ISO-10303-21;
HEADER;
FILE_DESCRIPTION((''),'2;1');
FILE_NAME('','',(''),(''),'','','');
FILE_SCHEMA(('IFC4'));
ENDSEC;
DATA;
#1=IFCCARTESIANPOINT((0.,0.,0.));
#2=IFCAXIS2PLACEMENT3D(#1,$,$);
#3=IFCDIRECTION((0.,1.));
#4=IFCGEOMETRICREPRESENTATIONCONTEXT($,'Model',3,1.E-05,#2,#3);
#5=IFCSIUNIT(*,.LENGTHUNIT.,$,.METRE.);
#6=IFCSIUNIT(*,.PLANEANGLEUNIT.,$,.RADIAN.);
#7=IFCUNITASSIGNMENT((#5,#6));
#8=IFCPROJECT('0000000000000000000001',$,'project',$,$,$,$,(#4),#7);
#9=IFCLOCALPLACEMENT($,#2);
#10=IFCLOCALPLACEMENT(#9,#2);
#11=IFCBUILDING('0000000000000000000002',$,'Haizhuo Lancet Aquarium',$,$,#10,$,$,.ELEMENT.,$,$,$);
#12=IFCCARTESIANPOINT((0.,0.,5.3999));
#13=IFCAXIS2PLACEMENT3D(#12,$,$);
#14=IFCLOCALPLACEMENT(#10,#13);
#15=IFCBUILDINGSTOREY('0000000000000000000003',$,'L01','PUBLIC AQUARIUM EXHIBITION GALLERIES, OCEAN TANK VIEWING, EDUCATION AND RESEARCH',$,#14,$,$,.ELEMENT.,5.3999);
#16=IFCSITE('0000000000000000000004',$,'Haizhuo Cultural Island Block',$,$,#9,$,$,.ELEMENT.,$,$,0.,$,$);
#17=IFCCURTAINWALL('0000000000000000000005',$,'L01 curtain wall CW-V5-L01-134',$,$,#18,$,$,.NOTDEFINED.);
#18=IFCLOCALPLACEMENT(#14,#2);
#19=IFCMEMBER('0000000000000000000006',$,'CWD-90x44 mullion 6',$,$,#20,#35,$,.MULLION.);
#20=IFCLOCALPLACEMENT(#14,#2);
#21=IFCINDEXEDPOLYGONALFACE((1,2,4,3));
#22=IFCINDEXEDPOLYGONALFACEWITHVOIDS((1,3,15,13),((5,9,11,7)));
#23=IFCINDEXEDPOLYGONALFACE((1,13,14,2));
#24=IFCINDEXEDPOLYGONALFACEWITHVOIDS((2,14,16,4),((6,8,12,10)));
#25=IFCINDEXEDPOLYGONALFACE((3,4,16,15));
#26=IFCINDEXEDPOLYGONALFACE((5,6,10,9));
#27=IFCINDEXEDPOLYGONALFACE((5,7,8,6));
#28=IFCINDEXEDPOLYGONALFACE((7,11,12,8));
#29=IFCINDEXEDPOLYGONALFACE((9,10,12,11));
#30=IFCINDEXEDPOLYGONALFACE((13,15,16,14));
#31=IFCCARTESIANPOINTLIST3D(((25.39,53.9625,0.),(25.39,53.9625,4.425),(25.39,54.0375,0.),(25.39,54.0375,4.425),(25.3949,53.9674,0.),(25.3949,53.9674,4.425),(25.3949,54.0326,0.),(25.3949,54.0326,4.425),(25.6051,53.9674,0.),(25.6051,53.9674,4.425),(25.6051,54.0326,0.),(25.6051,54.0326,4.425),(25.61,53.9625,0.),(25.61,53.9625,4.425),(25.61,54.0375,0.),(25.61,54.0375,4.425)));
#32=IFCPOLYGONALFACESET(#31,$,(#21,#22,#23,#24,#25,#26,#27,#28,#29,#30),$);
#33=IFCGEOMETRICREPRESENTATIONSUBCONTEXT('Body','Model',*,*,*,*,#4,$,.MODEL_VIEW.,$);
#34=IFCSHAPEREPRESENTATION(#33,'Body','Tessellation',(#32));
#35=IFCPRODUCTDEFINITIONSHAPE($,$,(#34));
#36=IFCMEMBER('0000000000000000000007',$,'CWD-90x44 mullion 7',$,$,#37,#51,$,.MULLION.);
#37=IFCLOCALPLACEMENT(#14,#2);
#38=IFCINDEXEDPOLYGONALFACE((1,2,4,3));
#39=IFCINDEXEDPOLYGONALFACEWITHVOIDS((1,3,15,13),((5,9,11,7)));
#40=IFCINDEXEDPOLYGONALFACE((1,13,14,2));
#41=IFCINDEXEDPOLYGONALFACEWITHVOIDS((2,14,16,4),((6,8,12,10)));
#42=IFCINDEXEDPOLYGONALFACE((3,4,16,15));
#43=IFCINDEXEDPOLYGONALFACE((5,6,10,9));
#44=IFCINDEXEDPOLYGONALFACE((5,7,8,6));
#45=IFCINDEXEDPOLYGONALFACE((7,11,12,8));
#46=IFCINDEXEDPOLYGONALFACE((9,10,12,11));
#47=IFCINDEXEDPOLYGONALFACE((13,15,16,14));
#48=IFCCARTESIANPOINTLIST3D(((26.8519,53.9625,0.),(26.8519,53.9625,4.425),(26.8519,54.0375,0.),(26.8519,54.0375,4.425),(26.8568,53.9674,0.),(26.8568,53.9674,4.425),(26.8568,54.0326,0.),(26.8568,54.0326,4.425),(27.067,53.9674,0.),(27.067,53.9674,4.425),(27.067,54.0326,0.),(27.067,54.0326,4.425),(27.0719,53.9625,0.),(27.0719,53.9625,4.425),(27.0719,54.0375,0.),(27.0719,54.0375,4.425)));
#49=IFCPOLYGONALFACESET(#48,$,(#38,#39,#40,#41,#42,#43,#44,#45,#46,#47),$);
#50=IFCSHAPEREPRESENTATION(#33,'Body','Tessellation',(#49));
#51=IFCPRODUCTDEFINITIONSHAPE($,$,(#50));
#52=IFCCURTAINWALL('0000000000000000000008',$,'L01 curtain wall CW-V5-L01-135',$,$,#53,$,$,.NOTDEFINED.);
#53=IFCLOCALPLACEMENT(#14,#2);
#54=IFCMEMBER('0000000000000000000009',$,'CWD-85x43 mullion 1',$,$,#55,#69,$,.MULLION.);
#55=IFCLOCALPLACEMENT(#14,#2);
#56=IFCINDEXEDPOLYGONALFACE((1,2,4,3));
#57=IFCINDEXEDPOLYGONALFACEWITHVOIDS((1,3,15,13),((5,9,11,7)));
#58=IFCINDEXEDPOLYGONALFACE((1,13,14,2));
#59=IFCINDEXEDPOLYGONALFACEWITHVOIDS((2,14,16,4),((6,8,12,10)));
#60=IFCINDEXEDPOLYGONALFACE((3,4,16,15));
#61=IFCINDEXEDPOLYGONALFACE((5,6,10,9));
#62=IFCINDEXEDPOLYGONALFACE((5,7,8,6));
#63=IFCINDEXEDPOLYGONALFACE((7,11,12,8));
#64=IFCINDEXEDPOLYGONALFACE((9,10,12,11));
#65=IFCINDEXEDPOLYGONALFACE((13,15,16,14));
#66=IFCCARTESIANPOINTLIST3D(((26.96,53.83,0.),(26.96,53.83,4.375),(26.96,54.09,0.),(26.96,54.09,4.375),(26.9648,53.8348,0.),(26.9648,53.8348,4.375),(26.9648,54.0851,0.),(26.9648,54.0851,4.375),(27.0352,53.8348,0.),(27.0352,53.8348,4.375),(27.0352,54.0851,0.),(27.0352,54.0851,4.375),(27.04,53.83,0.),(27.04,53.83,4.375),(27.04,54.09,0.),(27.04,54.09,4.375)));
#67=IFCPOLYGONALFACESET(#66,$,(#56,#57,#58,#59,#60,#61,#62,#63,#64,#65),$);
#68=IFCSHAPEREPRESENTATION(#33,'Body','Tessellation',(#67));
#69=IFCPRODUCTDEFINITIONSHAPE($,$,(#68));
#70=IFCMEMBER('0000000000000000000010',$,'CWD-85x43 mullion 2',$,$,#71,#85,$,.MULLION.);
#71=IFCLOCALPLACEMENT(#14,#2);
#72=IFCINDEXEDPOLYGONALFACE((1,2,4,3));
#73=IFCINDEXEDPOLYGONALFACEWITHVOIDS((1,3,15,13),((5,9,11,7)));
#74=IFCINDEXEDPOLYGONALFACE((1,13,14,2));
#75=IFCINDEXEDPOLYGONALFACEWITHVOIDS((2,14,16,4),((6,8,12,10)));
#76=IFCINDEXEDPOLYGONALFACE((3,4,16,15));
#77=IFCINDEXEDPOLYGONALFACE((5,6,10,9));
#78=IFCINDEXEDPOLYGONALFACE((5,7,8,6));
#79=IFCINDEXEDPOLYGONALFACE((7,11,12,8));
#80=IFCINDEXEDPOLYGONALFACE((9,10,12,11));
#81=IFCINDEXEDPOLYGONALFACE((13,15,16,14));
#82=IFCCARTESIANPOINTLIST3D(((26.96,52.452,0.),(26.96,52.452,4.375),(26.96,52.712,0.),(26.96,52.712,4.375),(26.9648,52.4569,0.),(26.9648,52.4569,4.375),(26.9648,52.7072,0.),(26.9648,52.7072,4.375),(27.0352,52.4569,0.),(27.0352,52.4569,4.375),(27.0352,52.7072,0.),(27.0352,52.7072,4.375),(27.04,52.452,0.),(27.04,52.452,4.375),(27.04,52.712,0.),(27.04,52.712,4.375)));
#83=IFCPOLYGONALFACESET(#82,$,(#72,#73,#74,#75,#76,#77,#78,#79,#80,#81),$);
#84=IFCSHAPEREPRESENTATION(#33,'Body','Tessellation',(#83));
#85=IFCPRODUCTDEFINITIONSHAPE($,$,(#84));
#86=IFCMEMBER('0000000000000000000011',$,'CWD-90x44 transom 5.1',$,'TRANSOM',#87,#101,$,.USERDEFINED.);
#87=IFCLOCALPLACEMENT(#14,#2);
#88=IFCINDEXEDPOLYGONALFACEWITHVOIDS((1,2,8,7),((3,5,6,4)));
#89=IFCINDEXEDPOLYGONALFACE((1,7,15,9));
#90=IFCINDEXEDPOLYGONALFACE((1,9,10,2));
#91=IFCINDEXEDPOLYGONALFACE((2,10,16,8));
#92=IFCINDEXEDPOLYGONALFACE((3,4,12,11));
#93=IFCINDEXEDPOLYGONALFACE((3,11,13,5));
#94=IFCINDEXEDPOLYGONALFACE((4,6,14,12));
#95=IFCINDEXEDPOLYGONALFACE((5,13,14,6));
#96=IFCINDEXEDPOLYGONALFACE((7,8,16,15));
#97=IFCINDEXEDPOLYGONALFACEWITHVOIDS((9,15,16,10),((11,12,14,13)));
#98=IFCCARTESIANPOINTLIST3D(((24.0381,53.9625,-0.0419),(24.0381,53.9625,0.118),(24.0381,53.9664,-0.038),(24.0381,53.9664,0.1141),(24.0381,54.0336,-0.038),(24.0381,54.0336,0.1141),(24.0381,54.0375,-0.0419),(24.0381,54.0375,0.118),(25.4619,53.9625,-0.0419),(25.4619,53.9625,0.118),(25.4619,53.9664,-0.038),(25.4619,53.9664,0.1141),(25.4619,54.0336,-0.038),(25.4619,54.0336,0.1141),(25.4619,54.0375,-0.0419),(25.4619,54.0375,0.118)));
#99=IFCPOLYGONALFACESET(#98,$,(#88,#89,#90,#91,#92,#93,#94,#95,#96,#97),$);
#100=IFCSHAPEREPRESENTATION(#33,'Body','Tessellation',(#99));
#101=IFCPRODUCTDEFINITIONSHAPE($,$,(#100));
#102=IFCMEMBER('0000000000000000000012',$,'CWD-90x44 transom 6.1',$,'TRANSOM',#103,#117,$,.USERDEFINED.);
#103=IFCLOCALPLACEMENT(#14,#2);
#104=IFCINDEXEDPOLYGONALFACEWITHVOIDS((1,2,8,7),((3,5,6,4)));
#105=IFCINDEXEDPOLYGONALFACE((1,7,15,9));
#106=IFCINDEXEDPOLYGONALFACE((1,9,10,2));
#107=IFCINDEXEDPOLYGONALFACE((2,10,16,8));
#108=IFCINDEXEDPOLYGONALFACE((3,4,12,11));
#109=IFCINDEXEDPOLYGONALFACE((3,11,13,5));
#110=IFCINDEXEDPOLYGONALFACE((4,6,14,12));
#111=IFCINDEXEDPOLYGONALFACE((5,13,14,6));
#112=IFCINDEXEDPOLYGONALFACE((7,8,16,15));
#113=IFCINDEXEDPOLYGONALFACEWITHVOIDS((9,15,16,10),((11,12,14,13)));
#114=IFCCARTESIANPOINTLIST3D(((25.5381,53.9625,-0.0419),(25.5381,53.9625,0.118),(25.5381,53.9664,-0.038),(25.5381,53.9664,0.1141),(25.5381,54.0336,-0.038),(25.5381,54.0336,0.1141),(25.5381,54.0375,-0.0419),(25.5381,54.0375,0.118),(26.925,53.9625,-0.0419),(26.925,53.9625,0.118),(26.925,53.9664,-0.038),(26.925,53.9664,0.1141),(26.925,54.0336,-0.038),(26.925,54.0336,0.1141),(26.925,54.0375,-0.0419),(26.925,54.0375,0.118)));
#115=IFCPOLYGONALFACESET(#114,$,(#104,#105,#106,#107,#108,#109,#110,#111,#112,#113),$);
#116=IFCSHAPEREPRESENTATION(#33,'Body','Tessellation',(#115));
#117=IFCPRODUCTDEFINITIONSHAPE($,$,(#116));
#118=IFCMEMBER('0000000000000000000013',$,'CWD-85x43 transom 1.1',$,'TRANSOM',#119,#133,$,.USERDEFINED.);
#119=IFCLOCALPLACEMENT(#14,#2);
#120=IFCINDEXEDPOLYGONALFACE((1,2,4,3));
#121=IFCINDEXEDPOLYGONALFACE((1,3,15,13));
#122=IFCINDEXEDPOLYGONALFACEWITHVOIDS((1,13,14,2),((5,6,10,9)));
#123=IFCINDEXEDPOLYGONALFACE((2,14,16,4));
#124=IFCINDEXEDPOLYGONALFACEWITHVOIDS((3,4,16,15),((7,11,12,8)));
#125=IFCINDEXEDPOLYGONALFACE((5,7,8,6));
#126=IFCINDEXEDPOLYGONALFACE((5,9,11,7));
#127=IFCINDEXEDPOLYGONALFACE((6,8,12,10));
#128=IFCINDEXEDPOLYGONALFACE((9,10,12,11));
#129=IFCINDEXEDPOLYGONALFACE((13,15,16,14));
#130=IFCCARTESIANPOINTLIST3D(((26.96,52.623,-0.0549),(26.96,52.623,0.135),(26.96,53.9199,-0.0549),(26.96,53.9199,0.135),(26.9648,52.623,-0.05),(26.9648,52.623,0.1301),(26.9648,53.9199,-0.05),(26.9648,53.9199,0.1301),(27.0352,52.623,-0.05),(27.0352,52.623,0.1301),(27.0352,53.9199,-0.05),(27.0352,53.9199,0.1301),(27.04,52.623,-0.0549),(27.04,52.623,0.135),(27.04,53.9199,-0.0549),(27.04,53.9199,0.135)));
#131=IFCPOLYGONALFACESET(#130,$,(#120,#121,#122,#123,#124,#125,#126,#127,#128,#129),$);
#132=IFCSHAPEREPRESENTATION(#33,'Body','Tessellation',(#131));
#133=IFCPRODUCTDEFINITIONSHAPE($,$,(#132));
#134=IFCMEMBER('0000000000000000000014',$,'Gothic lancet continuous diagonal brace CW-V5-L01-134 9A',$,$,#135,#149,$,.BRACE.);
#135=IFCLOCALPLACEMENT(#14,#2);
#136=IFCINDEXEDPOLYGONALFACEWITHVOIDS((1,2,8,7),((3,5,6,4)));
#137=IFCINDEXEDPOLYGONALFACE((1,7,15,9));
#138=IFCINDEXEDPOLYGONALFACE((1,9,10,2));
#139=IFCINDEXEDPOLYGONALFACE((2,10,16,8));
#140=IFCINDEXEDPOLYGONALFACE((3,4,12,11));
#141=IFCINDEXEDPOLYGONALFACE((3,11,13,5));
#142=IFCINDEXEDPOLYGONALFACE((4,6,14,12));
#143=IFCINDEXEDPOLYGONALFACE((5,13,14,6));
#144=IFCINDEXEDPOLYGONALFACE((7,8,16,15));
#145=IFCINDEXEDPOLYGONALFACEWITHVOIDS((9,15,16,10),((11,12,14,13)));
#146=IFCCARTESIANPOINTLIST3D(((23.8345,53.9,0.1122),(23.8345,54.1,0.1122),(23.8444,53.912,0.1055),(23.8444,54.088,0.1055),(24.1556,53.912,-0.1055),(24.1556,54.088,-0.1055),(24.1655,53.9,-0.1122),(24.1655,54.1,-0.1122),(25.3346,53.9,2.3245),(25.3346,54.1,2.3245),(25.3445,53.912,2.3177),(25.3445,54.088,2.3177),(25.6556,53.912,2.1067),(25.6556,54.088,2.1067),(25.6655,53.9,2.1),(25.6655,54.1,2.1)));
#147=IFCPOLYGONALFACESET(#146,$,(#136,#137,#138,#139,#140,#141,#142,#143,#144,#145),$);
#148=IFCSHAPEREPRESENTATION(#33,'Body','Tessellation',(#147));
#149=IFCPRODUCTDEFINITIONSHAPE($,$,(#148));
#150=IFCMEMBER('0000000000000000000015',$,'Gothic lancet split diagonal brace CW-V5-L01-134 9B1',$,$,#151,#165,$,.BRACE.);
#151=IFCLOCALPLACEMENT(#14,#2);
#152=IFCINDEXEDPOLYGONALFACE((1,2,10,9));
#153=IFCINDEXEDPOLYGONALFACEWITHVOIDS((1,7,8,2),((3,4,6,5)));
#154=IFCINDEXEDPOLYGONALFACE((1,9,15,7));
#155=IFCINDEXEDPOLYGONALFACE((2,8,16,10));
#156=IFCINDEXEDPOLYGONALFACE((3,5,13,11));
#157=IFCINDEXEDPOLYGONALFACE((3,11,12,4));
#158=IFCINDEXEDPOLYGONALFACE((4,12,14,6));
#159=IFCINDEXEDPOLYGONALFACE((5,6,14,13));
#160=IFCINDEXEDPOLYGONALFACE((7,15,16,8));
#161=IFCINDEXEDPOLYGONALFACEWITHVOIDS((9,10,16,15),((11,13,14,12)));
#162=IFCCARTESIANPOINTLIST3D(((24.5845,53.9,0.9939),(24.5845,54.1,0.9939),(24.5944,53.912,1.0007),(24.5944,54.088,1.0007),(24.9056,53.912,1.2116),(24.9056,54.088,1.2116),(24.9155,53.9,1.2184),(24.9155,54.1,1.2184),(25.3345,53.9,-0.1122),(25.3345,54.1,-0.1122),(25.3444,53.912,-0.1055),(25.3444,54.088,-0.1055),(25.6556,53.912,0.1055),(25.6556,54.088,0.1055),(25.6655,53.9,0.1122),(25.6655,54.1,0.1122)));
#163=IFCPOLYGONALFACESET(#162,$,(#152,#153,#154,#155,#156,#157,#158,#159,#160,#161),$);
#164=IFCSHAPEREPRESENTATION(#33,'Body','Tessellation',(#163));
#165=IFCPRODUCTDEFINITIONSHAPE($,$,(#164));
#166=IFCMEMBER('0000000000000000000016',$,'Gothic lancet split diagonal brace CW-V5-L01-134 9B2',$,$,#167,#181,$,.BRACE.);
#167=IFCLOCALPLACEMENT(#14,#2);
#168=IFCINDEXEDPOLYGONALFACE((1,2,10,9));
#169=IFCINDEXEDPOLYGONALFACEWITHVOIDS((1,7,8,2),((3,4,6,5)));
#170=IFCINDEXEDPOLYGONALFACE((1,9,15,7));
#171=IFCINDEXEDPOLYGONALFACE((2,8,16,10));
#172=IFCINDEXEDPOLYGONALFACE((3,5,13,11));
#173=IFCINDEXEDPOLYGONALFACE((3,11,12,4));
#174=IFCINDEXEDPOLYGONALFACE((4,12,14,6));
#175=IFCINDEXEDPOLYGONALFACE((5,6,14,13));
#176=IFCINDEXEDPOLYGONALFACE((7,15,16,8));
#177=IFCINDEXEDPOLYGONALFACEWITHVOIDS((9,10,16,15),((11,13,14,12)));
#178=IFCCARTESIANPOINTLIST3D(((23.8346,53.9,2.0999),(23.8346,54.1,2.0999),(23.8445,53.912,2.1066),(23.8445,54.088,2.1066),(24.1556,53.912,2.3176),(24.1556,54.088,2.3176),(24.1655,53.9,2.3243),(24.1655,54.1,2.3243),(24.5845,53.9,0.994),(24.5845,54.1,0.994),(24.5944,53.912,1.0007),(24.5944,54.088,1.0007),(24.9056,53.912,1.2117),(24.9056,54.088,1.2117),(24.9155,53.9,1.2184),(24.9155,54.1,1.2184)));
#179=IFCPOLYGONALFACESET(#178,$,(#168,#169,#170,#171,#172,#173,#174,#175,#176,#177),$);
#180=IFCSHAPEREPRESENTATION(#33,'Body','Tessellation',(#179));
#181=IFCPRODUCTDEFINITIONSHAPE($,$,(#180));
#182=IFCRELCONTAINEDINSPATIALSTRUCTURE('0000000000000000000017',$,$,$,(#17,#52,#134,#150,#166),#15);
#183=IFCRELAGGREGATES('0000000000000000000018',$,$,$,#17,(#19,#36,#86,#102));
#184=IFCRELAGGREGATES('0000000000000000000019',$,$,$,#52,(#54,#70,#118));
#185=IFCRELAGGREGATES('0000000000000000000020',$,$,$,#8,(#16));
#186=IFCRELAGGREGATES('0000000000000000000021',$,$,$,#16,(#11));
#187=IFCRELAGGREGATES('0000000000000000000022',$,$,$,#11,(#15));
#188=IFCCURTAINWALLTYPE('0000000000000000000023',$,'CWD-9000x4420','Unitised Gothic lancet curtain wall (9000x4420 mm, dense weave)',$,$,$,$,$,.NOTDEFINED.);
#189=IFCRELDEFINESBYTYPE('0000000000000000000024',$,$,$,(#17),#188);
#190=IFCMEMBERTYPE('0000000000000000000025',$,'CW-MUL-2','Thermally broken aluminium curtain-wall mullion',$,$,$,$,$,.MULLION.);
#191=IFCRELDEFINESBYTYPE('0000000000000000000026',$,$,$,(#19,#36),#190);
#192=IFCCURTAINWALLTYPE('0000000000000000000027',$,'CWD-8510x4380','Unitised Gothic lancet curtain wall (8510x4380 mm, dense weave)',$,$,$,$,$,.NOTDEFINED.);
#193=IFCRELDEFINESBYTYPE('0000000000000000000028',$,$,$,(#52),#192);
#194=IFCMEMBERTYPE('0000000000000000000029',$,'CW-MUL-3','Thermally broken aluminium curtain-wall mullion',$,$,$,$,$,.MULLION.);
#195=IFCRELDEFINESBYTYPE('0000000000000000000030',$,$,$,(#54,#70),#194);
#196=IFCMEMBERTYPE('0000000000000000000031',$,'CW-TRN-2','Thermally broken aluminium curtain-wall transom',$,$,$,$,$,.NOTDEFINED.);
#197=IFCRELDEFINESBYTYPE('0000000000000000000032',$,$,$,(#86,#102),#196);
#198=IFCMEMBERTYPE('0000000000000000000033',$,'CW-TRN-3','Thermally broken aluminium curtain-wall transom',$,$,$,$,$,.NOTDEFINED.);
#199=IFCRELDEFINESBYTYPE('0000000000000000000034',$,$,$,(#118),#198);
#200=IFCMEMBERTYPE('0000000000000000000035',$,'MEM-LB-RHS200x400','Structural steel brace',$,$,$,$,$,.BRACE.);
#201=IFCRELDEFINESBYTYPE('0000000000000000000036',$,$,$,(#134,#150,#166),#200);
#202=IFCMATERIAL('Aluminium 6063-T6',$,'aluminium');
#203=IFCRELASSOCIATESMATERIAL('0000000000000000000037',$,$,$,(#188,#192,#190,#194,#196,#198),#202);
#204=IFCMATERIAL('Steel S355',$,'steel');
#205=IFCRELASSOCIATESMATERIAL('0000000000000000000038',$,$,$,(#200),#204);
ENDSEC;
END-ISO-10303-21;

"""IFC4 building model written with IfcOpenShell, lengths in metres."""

from ifc_helpers import new_model, si_unit, direction, frame, origin, origin_2d, place, context, subcontext, project, spatial, hollow_rectangle, extrude, material, material_profile, profile_set, type_object, element, aggregate, save


model = new_model("IFC4")

# Units and contexts
model_context = context("Model", 3, precision=1e-05, world=origin(), true_north=direction((0.0, 1.0)))
body_context = subcontext(model_context, "Body", "Model", "MODEL_VIEW")
ifc_project = project(units=[si_unit("LENGTHUNIT", "METRE"), si_unit("PLANEANGLEUNIT", "RADIAN")], contexts=[model_context])

# Site, building, storey
site_placement = place(None, origin())
site = spatial("IfcSite", under=ifc_project, at=site_placement, Name="Haizhuo Cultural Island Block", CompositionType="ELEMENT", RefElevation=0.0)
building_placement = place(site_placement, origin())
building = spatial("IfcBuilding", under=site, at=building_placement, Name="Haizhuo Lancet Aquarium", CompositionType="ELEMENT")
storey_placement = place(building_placement, frame((0.0, 0.0, 5.3999)))
storey = spatial("IfcBuildingStorey", under=building, at=storey_placement, Name="L01", Description="PUBLIC AQUARIUM EXHIBITION GALLERIES, OCEAN TANK VIEWING, EDUCATION AND RESEARCH", CompositionType="ELEMENT", Elevation=5.3999)

# Curtain walls, members
ifc_material_1 = material(Name="Aluminium 6063-T6", Category="aluminium")
curtain_wall_type_1 = type_object("IfcCurtainWallType", Name="CWD-9000x4420", Description="Unitised Gothic lancet curtain wall (9000x4420 mm, dense weave)", PredefinedType="NOTDEFINED", material=ifc_material_1)
curtain_wall_1_placement = place(storey_placement, origin())
curtain_wall_1 = element("IfcCurtainWall", 1, at=curtain_wall_1_placement, inside=storey, type_object=curtain_wall_type_1, Name="L01 curtain wall CW-V5-L01-134", PredefinedType="NOTDEFINED")
ifc_material_profile_1 = material_profile(ifc_material_1, hollow_rectangle(XDim=0.075, YDim=0.22, WallThickness=0.0049, at=origin_2d()), Name="ALU-M 75x220x5")
ifc_profile_set_1 = profile_set([ifc_material_profile_1], Name="Aluminium 6063-T6")
member_type_1 = type_object("IfcMemberType", Name="CW-MUL-2", Description="Thermally broken aluminium curtain-wall mullion", PredefinedType="MULLION", material=ifc_profile_set_1)
member_1_placement = place(storey_placement, frame((25.5, 54.0, 0.0), z_axis=(0.0, 0.0, 1.0), x_axis=(0.0, 1.0, 0.0)))
member_1 = element("IfcMember", 2, at=member_1_placement, type_object=member_type_1, Name="CWD-90x44 mullion 6", PredefinedType="MULLION", context=body_context, shape_type="SweptSolid", body=[
    extrude(hollow_rectangle(XDim=0.075, YDim=0.22, WallThickness=0.0049, at=origin_2d()), origin(), (0.0, 0.0, 1.0), 4.425),
])
member_2_placement = place(storey_placement, frame((26.9619, 54.0, 0.0), z_axis=(0.0, 0.0, 1.0), x_axis=(0.0, 1.0, 0.0)))
member_2 = element("IfcMember", 3, at=member_2_placement, type_object=member_type_1, Name="CWD-90x44 mullion 7", PredefinedType="MULLION", context=body_context, shape_type="SweptSolid", body=[
    extrude(hollow_rectangle(XDim=0.075, YDim=0.22, WallThickness=0.0049, at=origin_2d()), origin(), (0.0, 0.0, 1.0), 4.425),
])
curtain_wall_type_2 = type_object("IfcCurtainWallType", Name="CWD-8510x4380", Description="Unitised Gothic lancet curtain wall (8510x4380 mm, dense weave)", PredefinedType="NOTDEFINED", material=ifc_material_1)
curtain_wall_2_placement = place(storey_placement, origin())
curtain_wall_2 = element("IfcCurtainWall", 4, at=curtain_wall_2_placement, inside=storey, type_object=curtain_wall_type_2, Name="L01 curtain wall CW-V5-L01-135", PredefinedType="NOTDEFINED")
ifc_material_profile_2 = material_profile(ifc_material_1, hollow_rectangle(XDim=0.0801, YDim=0.26, WallThickness=0.0049, at=origin_2d()), Name="ALU-M 80x260x5")
ifc_profile_set_2 = profile_set([ifc_material_profile_2], Name="Aluminium 6063-T6")
member_type_2 = type_object("IfcMemberType", Name="CW-MUL-3", Description="Thermally broken aluminium curtain-wall mullion", PredefinedType="MULLION", material=ifc_profile_set_2)
member_3_placement = place(storey_placement, frame((27.0, 53.96, 0.0), z_axis=(0.0, 0.0, 1.0), x_axis=(1.0, 0.0, 0.0)))
member_3 = element("IfcMember", 5, at=member_3_placement, type_object=member_type_2, Name="CWD-85x43 mullion 1", PredefinedType="MULLION", context=body_context, shape_type="SweptSolid", body=[
    extrude(hollow_rectangle(XDim=0.0801, YDim=0.26, WallThickness=0.0049, at=origin_2d()), origin(), (0.0, 0.0, 1.0), 4.375),
])
member_4_placement = place(storey_placement, frame((27.0, 52.582, 0.0), z_axis=(0.0, 0.0, 1.0), x_axis=(1.0, 0.0, 0.0)))
member_4 = element("IfcMember", 6, at=member_4_placement, type_object=member_type_2, Name="CWD-85x43 mullion 2", PredefinedType="MULLION", context=body_context, shape_type="SweptSolid", body=[
    extrude(hollow_rectangle(XDim=0.0801, YDim=0.26, WallThickness=0.0049, at=origin_2d()), origin(), (0.0, 0.0, 1.0), 4.375),
])

# Members
ifc_material_profile_3 = material_profile(ifc_material_1, hollow_rectangle(XDim=0.075, YDim=0.1599, WallThickness=0.0039, at=origin_2d()), Name="ALU-T 75x160x4")
ifc_profile_set_3 = profile_set([ifc_material_profile_3], Name="Aluminium 6063-T6")
member_type_3 = type_object("IfcMemberType", Name="CW-TRN-2", Description="Thermally broken aluminium curtain-wall transom", PredefinedType="NOTDEFINED", material=ifc_profile_set_3)
member_5_placement = place(storey_placement, frame((24.0381, 54.0, 0.0381), z_axis=(1.0, 0.0, 0.0), x_axis=(0.0, 1.0, 0.0)))
member_5 = element("IfcMember", 7, at=member_5_placement, type_object=member_type_3, Name="CWD-90x44 transom 5.1", ObjectType="TRANSOM", PredefinedType="USERDEFINED", context=body_context, shape_type="SweptSolid", body=[
    extrude(hollow_rectangle(XDim=0.075, YDim=0.1599, WallThickness=0.0039, at=origin_2d()), origin(), (0.0, 0.0, 1.0), 1.4238),
])
member_6_placement = place(storey_placement, frame((25.5381, 54.0, 0.0381), z_axis=(1.0, 0.0, 0.0), x_axis=(0.0, 1.0, 0.0)))
member_6 = element("IfcMember", 8, at=member_6_placement, type_object=member_type_3, Name="CWD-90x44 transom 6.1", ObjectType="TRANSOM", PredefinedType="USERDEFINED", context=body_context, shape_type="SweptSolid", body=[
    extrude(hollow_rectangle(XDim=0.075, YDim=0.1599, WallThickness=0.0039, at=origin_2d()), origin(), (0.0, 0.0, 1.0), 1.387),
])
ifc_material_profile_4 = material_profile(ifc_material_1, hollow_rectangle(XDim=0.0801, YDim=0.1899, WallThickness=0.0049, at=origin_2d()), Name="ALU-T 80x190x5")
ifc_profile_set_4 = profile_set([ifc_material_profile_4], Name="Aluminium 6063-T6")
member_type_4 = type_object("IfcMemberType", Name="CW-TRN-3", Description="Thermally broken aluminium curtain-wall transom", PredefinedType="NOTDEFINED", material=ifc_profile_set_4)
member_7_placement = place(storey_placement, frame((27.0, 53.9199, 0.04), z_axis=(0.0, -1.0, 0.0), x_axis=(1.0, 0.0, 0.0)))
member_7 = element("IfcMember", 9, at=member_7_placement, type_object=member_type_4, Name="CWD-85x43 transom 1.1", ObjectType="TRANSOM", PredefinedType="USERDEFINED", context=body_context, shape_type="SweptSolid", body=[
    extrude(hollow_rectangle(XDim=0.0801, YDim=0.1899, WallThickness=0.0049, at=origin_2d()), origin(), (0.0, 0.0, 1.0), 1.2969),
])

# Members
ifc_material_2 = material(Name="Steel S355", Category="steel")
ifc_material_profile_5 = material_profile(ifc_material_2, hollow_rectangle(XDim=0.2, YDim=0.3999, WallThickness=0.012, at=origin_2d()), Name="RHS 200x400x12")
ifc_profile_set_5 = profile_set([ifc_material_profile_5], Name="Steel S355")
member_type_5 = type_object("IfcMemberType", Name="MEM-LB-RHS200x400", Description="Structural steel brace", PredefinedType="BRACE", material=ifc_profile_set_5)
member_8_placement = place(storey_placement, frame((24.0, 54.0, 0.0), z_axis=(0.561218, 0.0, 0.827668), x_axis=(0.0, 1.0, 0.0)))
element("IfcMember", 10, at=member_8_placement, inside=storey, type_object=member_type_5, Name="Gothic lancet continuous diagonal brace CW-V5-L01-134 9A", PredefinedType="BRACE", context=body_context, shape_type="SweptSolid", body=[
    extrude(hollow_rectangle(XDim=0.2, YDim=0.3999, WallThickness=0.012, at=origin_2d()), origin(), (0.0, 0.0, 1.0), 2.6729),
])
member_9_placement = place(storey_placement, frame((25.5, 54.0, 0.0), z_axis=(-0.561175, 0.0, 0.827697), x_axis=(0.0, -1.0, 0.0)))
element("IfcMember", 11, at=member_9_placement, inside=storey, type_object=member_type_5, Name="Gothic lancet split diagonal brace CW-V5-L01-134 9B1", PredefinedType="BRACE", context=body_context, shape_type="SweptSolid", body=[
    extrude(hollow_rectangle(XDim=0.2, YDim=0.3999, WallThickness=0.012, at=origin_2d()), origin(), (0.0, 0.0, 1.0), 1.3364),
])
member_10_placement = place(storey_placement, frame((24.75, 54.0, 1.1062), z_axis=(-0.56126, 0.0, 0.827639), x_axis=(0.0, -1.0, 0.0)))
element("IfcMember", 12, at=member_10_placement, inside=storey, type_object=member_type_5, Name="Gothic lancet split diagonal brace CW-V5-L01-134 9B2", PredefinedType="BRACE", context=body_context, shape_type="SweptSolid", body=[
    extrude(hollow_rectangle(XDim=0.2, YDim=0.3999, WallThickness=0.012, at=origin_2d()), origin(), (0.0, 0.0, 1.0), 1.3362),
])

aggregate(curtain_wall_1, [member_1, member_2, member_5, member_6])
aggregate(curtain_wall_2, [member_3, member_4, member_7])

save(model, "model.ifc")
